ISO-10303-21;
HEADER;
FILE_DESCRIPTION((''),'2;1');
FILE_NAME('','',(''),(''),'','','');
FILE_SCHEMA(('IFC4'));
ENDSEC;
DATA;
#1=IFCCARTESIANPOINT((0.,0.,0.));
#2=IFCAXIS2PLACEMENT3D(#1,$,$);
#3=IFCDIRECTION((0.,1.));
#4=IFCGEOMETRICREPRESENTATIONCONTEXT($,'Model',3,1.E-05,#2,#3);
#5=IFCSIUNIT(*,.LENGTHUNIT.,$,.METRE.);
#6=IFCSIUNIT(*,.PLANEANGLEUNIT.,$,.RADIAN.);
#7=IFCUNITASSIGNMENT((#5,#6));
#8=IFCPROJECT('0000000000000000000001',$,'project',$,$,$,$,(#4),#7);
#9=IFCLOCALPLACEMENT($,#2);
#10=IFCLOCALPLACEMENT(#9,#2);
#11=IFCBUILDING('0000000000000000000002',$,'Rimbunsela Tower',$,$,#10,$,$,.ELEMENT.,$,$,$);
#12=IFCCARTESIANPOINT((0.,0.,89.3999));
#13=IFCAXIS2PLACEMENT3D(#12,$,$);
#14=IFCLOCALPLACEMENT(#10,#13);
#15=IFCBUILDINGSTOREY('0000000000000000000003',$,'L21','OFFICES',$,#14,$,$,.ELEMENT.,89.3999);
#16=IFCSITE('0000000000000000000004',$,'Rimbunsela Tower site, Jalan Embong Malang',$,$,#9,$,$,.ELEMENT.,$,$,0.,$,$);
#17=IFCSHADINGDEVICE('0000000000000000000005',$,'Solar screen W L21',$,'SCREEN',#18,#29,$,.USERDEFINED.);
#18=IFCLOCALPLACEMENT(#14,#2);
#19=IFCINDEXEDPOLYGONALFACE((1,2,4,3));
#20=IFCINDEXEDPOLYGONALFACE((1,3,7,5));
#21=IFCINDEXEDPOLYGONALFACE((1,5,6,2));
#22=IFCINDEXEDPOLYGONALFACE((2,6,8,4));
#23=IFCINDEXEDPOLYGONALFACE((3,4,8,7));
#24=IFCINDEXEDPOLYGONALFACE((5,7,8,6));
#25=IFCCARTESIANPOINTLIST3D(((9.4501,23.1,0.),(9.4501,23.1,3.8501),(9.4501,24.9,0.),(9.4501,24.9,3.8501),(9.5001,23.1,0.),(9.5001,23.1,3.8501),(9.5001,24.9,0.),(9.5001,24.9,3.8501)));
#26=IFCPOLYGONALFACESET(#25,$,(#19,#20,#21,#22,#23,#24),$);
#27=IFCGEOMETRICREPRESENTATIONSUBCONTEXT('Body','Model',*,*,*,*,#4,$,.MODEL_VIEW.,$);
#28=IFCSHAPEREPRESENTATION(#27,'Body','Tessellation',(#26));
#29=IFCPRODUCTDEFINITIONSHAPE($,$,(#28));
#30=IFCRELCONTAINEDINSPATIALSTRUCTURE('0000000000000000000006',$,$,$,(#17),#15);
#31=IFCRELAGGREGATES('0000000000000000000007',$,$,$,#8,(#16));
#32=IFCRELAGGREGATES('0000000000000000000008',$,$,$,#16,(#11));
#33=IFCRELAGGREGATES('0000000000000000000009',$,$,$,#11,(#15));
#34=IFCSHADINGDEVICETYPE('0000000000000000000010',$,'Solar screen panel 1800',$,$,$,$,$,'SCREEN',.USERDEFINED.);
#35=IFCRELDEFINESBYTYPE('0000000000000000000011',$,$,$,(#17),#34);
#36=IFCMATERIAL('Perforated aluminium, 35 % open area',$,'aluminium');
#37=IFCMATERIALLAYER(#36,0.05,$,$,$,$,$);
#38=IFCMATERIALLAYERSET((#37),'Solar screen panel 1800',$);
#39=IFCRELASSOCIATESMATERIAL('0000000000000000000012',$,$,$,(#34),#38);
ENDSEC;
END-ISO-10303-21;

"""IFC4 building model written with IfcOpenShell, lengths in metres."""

from ifc_helpers import new_model, si_unit, direction, frame, origin, origin_2d, place, context, subcontext, project, spatial, rectangle, extrude, material, layer, layer_set, type_object, element, save


model = new_model("IFC4")

# Units and contexts
model_context = context("Model", 3, precision=1e-05, world=origin(), true_north=direction((0.0, 1.0)))
body_context = subcontext(model_context, "Body", "Model", "MODEL_VIEW")
ifc_project = project(units=[si_unit("LENGTHUNIT", "METRE"), si_unit("PLANEANGLEUNIT", "RADIAN")], contexts=[model_context])

# Site, building, storey
site_placement = place(None, origin())
site = spatial("IfcSite", under=ifc_project, at=site_placement, Name="Rimbunsela Tower site, Jalan Embong Malang", CompositionType="ELEMENT", RefElevation=0.0)
building_placement = place(site_placement, origin())
building = spatial("IfcBuilding", under=site, at=building_placement, Name="Rimbunsela Tower", CompositionType="ELEMENT")
storey_placement = place(building_placement, frame((0.0, 0.0, 89.3999)))
storey = spatial("IfcBuildingStorey", under=building, at=storey_placement, Name="L21", Description="OFFICES", CompositionType="ELEMENT", Elevation=89.3999)

# Shading device
ifc_material_1 = material(Name="Perforated aluminium, 35 % open area", Category="aluminium")
ifc_layer_1 = layer(ifc_material_1, 0.05)
ifc_layer_set_1 = layer_set([ifc_layer_1], Name="Solar screen panel 1800")
shading_device_type = type_object("IfcShadingDeviceType", Name="Solar screen panel 1800", ElementType="SCREEN", PredefinedType="USERDEFINED", material=ifc_layer_set_1)
for number, where, z_axis, x_axis, name in (
    (1, (9.4751, 24.0, 0.0), (0.0, 0.0, 1.0), (0.0, 1.0, 0.0), "Solar screen W L21"),
):
    element("IfcShadingDevice", number, at=place(storey_placement, frame(where, z_axis=z_axis, x_axis=x_axis)), inside=storey, type_object=shading_device_type, Name=name, ObjectType="SCREEN", PredefinedType="USERDEFINED", context=body_context, shape_type="SweptSolid", body=[
        extrude(rectangle(XDim=1.8, YDim=0.05, at=origin_2d()), origin(), (0.0, 0.0, 1.0), 3.8501),
    ])

save(model, "model.ifc")
